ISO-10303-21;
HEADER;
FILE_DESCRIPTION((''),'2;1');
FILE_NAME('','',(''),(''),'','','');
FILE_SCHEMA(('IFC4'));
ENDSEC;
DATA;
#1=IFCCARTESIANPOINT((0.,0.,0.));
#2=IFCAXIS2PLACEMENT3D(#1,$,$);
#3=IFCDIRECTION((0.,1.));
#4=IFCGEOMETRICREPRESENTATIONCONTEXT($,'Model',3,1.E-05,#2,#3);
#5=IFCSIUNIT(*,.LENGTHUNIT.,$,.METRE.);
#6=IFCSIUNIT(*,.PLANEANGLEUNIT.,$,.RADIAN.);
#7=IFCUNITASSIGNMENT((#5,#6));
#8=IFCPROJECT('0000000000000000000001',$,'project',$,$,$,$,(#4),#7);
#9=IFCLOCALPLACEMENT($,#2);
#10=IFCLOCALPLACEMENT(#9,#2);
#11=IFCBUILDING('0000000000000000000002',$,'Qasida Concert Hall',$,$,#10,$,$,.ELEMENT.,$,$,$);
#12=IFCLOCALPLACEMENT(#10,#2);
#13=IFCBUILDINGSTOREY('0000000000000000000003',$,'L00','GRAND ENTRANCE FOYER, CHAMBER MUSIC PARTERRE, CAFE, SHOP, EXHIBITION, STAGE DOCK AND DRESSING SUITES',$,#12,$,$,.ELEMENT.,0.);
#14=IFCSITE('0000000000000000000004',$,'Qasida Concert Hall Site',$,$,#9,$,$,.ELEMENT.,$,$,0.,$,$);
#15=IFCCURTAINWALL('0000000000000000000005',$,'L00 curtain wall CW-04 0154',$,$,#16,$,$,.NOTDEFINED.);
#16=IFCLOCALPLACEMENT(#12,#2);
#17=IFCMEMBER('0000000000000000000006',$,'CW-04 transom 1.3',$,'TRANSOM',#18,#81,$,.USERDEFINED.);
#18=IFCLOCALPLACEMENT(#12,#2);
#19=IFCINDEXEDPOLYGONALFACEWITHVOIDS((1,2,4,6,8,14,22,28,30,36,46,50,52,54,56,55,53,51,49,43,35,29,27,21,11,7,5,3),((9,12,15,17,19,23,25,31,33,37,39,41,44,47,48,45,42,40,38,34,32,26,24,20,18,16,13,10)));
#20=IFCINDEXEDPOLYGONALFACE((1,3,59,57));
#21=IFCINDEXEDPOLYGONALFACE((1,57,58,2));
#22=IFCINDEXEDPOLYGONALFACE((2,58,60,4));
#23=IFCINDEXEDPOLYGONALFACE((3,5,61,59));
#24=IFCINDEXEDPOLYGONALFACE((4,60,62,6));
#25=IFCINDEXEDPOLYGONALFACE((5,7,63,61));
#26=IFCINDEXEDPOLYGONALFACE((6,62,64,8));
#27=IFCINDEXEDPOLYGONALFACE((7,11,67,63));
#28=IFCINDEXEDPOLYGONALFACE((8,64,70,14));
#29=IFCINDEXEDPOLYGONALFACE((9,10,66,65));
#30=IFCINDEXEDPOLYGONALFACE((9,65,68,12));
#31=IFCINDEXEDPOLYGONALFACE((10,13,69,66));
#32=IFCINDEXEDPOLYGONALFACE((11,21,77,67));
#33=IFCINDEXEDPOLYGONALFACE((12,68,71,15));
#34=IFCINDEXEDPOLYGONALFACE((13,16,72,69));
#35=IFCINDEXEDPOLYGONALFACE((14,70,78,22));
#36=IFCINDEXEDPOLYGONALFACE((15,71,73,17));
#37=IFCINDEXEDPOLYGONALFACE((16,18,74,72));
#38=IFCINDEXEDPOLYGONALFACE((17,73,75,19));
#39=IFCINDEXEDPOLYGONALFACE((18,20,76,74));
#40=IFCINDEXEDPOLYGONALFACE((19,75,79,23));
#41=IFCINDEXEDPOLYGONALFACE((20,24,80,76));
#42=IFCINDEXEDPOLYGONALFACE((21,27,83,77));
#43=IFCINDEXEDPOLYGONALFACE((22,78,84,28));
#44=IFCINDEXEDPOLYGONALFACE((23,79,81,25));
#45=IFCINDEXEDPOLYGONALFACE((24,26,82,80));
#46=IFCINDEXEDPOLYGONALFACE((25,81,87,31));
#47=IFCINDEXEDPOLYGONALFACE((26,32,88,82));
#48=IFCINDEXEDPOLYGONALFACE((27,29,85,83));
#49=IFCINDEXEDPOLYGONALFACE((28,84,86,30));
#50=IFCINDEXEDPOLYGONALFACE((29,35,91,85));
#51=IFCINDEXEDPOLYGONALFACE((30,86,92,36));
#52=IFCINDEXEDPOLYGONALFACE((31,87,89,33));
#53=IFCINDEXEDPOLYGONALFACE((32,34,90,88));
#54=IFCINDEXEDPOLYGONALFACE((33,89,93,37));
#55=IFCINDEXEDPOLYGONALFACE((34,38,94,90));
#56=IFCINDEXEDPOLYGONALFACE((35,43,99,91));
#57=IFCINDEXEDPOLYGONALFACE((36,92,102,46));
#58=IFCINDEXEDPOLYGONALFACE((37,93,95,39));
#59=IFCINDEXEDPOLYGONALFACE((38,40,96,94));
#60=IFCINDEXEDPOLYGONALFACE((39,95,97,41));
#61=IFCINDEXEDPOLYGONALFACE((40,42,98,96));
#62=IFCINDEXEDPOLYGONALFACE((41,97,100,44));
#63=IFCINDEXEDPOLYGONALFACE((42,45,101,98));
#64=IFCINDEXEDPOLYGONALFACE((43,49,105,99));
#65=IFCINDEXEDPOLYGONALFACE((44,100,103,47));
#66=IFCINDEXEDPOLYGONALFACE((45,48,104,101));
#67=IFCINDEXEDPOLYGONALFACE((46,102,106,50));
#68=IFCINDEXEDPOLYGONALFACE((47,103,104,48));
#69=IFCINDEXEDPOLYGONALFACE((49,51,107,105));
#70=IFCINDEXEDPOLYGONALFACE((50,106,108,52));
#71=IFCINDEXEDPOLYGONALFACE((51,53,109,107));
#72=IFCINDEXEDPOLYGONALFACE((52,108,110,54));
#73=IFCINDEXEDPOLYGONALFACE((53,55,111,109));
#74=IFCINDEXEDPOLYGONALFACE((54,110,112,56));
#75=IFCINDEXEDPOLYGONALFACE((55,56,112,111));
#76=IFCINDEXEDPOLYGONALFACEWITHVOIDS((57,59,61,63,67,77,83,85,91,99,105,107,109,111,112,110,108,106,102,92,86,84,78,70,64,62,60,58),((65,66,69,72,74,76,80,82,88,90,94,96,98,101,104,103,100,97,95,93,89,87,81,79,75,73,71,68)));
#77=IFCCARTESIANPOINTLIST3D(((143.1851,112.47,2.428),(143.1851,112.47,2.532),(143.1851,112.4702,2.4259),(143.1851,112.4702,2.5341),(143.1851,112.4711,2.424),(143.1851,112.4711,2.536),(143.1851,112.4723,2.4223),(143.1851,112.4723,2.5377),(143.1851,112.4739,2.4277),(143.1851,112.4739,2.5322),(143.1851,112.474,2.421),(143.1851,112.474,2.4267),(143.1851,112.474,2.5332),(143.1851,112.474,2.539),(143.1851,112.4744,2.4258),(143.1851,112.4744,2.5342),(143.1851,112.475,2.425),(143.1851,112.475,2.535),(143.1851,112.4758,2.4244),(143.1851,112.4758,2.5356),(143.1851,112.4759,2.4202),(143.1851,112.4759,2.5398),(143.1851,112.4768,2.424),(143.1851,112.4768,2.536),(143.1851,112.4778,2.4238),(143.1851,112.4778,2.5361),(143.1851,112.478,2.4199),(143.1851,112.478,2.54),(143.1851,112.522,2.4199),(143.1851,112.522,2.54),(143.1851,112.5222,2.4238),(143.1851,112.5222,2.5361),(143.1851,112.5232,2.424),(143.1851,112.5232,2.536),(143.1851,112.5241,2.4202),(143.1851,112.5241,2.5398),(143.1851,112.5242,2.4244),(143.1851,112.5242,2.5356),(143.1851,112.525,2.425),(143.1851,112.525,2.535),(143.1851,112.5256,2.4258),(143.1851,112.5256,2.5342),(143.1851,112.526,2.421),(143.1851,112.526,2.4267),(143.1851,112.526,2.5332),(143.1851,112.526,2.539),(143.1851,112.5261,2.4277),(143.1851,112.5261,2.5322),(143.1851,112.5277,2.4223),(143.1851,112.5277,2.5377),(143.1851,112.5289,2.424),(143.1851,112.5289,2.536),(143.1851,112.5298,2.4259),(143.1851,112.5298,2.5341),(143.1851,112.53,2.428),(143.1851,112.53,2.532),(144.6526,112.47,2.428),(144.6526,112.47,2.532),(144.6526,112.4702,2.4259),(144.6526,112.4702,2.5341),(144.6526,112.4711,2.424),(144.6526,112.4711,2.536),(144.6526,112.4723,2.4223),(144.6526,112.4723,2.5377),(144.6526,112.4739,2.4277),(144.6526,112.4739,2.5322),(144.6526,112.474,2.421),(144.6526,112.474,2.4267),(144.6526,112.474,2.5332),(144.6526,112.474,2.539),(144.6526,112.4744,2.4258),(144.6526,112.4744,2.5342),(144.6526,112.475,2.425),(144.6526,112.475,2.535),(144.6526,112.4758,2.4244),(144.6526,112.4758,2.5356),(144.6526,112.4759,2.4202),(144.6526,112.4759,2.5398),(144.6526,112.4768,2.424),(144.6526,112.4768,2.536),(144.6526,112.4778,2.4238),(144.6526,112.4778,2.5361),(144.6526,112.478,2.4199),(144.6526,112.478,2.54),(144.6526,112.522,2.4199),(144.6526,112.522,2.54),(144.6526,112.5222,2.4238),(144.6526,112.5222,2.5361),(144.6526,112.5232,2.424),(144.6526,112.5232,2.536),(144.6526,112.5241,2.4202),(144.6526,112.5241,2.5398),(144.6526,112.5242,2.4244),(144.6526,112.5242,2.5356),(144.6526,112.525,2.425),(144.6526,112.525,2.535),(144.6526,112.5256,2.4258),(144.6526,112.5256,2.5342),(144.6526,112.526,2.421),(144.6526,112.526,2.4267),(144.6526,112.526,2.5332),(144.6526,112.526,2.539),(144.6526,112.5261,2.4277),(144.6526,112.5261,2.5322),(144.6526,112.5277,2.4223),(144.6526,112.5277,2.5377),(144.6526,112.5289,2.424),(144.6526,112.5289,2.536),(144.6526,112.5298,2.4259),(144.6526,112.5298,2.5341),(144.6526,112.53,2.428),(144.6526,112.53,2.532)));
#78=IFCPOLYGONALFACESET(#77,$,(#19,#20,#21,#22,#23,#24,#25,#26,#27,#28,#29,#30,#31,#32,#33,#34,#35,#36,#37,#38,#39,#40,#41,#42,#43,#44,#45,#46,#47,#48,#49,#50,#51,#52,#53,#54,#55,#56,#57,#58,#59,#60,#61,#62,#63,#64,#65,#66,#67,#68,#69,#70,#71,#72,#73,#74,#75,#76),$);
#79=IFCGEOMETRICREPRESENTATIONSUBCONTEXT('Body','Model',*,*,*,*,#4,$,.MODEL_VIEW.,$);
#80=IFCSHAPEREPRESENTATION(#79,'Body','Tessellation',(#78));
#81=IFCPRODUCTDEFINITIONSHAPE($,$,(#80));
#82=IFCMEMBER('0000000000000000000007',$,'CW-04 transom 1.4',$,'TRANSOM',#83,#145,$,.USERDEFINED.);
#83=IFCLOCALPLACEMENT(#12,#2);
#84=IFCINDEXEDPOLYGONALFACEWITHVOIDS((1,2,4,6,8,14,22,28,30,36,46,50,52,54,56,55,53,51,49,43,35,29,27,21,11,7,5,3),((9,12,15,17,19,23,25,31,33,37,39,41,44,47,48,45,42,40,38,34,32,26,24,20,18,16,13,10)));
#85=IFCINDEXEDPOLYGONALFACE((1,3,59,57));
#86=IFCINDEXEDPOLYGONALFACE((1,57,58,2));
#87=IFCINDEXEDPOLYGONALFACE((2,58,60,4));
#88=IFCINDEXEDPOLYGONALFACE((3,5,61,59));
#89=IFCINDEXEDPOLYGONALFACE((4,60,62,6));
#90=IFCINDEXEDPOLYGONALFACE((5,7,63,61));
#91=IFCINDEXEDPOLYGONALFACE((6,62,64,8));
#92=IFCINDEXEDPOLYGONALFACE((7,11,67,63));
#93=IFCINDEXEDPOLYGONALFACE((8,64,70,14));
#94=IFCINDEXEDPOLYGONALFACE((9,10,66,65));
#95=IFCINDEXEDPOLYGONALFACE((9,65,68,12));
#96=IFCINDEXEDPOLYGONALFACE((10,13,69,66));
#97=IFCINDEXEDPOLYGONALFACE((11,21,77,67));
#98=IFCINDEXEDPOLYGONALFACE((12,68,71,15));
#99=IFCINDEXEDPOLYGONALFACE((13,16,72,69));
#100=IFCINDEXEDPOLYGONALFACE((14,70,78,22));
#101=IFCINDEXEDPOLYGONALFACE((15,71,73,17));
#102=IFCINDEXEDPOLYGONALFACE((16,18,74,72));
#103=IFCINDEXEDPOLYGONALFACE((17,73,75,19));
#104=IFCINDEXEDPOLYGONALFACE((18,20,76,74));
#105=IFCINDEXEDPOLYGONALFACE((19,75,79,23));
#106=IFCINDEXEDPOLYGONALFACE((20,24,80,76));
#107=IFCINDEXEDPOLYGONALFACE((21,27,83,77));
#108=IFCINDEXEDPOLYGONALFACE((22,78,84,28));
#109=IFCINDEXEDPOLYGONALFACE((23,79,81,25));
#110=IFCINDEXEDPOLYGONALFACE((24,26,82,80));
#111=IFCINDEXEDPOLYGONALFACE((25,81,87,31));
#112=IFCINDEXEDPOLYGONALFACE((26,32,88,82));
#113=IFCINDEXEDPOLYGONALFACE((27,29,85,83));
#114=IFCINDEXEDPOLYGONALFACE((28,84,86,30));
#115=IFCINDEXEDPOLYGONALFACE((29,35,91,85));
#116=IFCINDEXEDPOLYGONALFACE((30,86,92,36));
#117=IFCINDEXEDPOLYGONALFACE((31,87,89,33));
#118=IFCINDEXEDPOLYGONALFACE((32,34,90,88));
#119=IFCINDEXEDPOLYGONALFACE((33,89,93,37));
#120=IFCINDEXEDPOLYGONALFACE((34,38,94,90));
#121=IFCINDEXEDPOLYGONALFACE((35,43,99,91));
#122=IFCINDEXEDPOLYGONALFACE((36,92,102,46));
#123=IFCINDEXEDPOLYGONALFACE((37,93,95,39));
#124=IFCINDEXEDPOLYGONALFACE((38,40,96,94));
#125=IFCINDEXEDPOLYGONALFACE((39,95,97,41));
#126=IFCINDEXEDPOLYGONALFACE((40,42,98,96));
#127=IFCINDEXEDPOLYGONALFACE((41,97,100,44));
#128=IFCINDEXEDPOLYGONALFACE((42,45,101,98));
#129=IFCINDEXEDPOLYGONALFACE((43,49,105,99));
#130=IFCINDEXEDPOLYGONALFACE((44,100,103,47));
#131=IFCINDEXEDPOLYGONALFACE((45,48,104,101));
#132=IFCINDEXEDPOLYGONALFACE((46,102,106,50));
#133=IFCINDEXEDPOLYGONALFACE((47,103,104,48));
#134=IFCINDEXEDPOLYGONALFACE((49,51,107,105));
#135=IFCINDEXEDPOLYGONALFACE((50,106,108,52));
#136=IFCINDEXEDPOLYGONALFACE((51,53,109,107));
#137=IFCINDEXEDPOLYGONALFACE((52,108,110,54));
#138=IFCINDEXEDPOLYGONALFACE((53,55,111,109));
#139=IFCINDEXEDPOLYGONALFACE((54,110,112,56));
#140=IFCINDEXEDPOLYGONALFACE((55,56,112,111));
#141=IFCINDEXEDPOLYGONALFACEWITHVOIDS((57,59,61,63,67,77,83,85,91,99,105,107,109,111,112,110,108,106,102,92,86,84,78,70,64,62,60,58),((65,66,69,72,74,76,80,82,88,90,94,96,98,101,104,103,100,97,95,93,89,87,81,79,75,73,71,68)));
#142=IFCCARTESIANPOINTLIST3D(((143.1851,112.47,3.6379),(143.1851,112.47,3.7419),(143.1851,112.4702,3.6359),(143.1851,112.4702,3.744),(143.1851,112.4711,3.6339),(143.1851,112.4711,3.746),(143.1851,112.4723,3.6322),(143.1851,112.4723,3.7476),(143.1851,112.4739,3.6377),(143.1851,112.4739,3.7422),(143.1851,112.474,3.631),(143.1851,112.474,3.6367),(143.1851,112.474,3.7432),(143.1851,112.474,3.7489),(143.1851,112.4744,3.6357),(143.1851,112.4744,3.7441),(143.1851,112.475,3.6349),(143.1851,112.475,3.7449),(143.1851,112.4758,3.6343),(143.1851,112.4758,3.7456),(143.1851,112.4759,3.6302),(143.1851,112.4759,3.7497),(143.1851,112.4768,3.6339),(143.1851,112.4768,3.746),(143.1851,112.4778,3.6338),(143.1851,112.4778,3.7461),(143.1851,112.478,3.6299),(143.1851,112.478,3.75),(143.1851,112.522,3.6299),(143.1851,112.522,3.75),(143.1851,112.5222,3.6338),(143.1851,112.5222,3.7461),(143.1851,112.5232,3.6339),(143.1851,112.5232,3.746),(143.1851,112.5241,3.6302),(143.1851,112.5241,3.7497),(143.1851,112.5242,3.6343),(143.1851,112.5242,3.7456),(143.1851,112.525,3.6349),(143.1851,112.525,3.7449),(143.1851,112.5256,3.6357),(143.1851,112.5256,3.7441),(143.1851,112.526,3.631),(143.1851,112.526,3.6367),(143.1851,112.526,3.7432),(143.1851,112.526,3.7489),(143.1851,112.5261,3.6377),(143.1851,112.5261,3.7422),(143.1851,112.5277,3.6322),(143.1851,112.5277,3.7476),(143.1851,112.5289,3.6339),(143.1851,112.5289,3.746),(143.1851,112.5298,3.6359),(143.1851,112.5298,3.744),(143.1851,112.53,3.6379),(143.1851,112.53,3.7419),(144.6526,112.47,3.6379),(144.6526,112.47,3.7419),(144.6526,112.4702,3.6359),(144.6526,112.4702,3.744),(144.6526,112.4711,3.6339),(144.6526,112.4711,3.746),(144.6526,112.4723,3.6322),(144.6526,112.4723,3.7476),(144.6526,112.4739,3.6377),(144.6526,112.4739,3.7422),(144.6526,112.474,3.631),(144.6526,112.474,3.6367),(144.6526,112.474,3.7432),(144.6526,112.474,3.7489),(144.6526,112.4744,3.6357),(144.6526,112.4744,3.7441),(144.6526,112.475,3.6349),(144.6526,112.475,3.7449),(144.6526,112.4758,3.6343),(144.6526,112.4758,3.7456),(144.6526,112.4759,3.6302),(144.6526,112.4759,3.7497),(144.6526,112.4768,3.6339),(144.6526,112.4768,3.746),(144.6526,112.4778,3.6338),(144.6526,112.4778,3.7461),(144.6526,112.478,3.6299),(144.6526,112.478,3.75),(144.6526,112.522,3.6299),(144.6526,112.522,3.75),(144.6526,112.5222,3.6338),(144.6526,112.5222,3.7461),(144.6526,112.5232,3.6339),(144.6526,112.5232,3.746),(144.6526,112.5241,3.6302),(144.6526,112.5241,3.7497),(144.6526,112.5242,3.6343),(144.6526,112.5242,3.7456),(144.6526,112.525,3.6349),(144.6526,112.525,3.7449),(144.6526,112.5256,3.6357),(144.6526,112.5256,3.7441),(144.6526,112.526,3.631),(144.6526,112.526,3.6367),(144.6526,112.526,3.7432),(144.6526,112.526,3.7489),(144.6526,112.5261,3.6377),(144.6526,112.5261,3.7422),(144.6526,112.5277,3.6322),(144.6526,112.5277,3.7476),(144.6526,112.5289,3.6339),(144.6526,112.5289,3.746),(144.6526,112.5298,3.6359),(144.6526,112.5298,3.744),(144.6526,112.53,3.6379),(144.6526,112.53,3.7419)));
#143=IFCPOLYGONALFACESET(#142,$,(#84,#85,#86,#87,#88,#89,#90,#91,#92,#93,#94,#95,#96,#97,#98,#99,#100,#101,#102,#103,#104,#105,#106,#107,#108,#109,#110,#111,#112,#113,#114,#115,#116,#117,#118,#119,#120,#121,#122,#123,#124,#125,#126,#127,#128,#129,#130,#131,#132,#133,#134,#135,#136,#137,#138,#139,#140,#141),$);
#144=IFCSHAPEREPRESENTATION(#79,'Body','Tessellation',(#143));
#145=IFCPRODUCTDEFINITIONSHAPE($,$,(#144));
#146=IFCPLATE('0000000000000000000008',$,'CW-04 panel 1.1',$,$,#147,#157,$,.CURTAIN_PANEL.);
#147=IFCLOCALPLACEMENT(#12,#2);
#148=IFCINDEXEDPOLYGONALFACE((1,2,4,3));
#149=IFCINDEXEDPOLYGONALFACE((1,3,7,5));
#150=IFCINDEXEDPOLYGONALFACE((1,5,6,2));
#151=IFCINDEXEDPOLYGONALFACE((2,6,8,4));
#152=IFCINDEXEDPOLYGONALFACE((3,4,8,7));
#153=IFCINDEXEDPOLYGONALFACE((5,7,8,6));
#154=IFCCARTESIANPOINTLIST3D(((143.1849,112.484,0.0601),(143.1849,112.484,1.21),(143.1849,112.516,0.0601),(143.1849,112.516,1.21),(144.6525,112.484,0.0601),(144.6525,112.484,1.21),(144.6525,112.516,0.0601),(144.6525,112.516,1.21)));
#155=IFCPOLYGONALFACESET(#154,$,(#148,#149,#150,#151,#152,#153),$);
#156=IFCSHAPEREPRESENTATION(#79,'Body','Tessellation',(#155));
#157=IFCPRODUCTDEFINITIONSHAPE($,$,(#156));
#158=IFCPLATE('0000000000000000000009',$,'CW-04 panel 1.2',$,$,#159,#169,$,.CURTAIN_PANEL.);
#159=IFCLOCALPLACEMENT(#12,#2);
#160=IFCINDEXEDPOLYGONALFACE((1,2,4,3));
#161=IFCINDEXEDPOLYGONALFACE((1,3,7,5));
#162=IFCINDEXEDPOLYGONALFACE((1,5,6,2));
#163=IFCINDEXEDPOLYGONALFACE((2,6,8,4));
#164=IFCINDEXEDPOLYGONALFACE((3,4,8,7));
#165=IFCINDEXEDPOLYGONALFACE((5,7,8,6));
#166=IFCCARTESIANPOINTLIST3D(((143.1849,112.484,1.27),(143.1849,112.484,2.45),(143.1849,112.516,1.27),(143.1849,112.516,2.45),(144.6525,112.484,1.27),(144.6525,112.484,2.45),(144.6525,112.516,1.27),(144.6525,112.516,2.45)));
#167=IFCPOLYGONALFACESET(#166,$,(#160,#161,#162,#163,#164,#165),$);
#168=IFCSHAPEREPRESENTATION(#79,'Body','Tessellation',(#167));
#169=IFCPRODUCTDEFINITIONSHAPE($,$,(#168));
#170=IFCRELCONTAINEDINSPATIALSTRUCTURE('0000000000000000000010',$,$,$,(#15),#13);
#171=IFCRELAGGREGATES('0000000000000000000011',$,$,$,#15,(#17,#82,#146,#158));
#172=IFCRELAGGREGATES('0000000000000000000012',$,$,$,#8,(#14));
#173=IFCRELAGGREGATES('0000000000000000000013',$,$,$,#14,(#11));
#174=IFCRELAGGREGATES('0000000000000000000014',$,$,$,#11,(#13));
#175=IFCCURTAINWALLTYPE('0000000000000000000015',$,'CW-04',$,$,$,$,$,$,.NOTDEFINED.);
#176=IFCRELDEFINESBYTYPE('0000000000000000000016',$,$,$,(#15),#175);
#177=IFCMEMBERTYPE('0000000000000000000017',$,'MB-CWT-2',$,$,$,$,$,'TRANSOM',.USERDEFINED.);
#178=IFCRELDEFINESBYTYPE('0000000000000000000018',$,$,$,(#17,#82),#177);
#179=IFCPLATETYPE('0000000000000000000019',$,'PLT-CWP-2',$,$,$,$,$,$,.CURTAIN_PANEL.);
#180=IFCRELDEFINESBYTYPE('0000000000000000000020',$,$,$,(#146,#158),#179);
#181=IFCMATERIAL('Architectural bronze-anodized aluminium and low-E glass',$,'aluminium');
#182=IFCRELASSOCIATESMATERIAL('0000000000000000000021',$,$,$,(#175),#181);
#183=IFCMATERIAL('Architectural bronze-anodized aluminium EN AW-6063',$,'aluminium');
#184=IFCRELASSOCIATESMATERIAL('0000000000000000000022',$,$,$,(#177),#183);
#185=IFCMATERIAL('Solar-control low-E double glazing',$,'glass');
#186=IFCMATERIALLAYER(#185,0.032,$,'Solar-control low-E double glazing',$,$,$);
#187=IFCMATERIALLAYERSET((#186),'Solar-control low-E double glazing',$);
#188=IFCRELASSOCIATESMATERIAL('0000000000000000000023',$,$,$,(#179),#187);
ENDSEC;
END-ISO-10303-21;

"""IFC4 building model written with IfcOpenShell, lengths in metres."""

from ifc_helpers import new_model, si_unit, direction, frame, origin, origin_2d, place, context, subcontext, project, spatial, rectangle, hollow_rectangle, extrude, material, layer, layer_set, material_profile, profile_set, type_object, element, aggregate, save


model = new_model("IFC4")

# Units and contexts
model_context = context("Model", 3, precision=1e-05, world=origin(), true_north=direction((0.0, 1.0)))
body_context = subcontext(model_context, "Body", "Model", "MODEL_VIEW")
ifc_project = project(units=[si_unit("LENGTHUNIT", "METRE"), si_unit("PLANEANGLEUNIT", "RADIAN")], contexts=[model_context])

# Site, building, storey
site_placement = place(None, origin())
site = spatial("IfcSite", under=ifc_project, at=site_placement, Name="Qasida Concert Hall Site", CompositionType="ELEMENT", RefElevation=0.0)
building_placement = place(site_placement, origin())
building = spatial("IfcBuilding", under=site, at=building_placement, Name="Qasida Concert Hall", CompositionType="ELEMENT")
storey_placement = place(building_placement, origin())
storey = spatial("IfcBuildingStorey", under=building, at=storey_placement, Name="L00", Description="GRAND ENTRANCE FOYER, CHAMBER MUSIC PARTERRE, CAFE, SHOP, EXHIBITION, STAGE DOCK AND DRESSING SUITES", CompositionType="ELEMENT", Elevation=0.0)

# Shared definitions
ifc_material_1 = material(Name="Architectural bronze-anodized aluminium and low-E glass", Category="aluminium")
curtain_wall_type = type_object("IfcCurtainWallType", Name="CW-04", PredefinedType="NOTDEFINED", material=ifc_material_1)
ifc_material_2 = material(Name="Architectural bronze-anodized aluminium EN AW-6063", Category="aluminium")

# Curtain wall, members, plates
curtain_wall_1_placement = place(storey_placement, origin())
curtain_wall_1 = element("IfcCurtainWall", 1, at=curtain_wall_1_placement, inside=storey, type_object=curtain_wall_type, Name="L00 curtain wall CW-04 0154", PredefinedType="NOTDEFINED")
ifc_material_profile_1 = material_profile(ifc_material_2, hollow_rectangle(XDim=0.0601, YDim=0.1201, WallThickness=0.0039, InnerFilletRadius=0.0039, OuterFilletRadius=0.0081, at=origin_2d()), Name="CWT 120x60x4")
ifc_profile_set_1 = profile_set([ifc_material_profile_1], Name="Architectural bronze-anodized aluminium EN AW-6063")
member_type_1 = type_object("IfcMemberType", Name="MB-CWT-2", ElementType="TRANSOM", PredefinedType="USERDEFINED", material=ifc_profile_set_1)
member_1_placement = place(storey_placement, frame((143.1851, 112.5, 2.48), z_axis=(1.0, 0.0, 0.0), x_axis=(0.0, 1.0, 0.0)))
member_1 = element("IfcMember", 2, at=member_1_placement, type_object=member_type_1, Name="CW-04 transom 1.3", ObjectType="TRANSOM", PredefinedType="USERDEFINED", context=body_context, shape_type="SweptSolid", body=[
    extrude(hollow_rectangle(XDim=0.0601, YDim=0.1201, WallThickness=0.0039, InnerFilletRadius=0.0039, OuterFilletRadius=0.0081, at=origin_2d()), origin(), (0.0, 0.0, 1.0), 1.4675),
])
member_2_placement = place(storey_placement, frame((143.1851, 112.5, 3.6899), z_axis=(1.0, 0.0, 0.0), x_axis=(0.0, 1.0, 0.0)))
member_2 = element("IfcMember", 3, at=member_2_placement, type_object=member_type_1, Name="CW-04 transom 1.4", ObjectType="TRANSOM", PredefinedType="USERDEFINED", context=body_context, shape_type="SweptSolid", body=[
    extrude(hollow_rectangle(XDim=0.0601, YDim=0.1201, WallThickness=0.0039, InnerFilletRadius=0.0039, OuterFilletRadius=0.0081, at=origin_2d()), origin(), (0.0, 0.0, 1.0), 1.4675),
])
ifc_material_3 = material(Name="Solar-control low-E double glazing", Category="glass")
ifc_layer_1 = layer(ifc_material_3, 0.032, Name="Solar-control low-E double glazing")
ifc_layer_set_1 = layer_set([ifc_layer_1], Name="Solar-control low-E double glazing")
plate_type = type_object("IfcPlateType", Name="PLT-CWP-2", PredefinedType="CURTAIN_PANEL", material=ifc_layer_set_1)
plate_1_placement = place(storey_placement, frame((143.9187, 112.5, 0.0601), z_axis=(0.0, 0.0, 1.0), x_axis=(1.0, 0.0, 0.0)))
plate_1 = element("IfcPlate", 4, at=plate_1_placement, type_object=plate_type, Name="CW-04 panel 1.1", PredefinedType="CURTAIN_PANEL", context=body_context, shape_type="SweptSolid", body=[
    extrude(rectangle(XDim=1.4675, YDim=0.032, at=origin_2d()), origin(), (0.0, 0.0, 1.0), 1.1499),
])
plate_2_placement = place(storey_placement, frame((143.9187, 112.5, 1.27), z_axis=(0.0, 0.0, 1.0), x_axis=(1.0, 0.0, 0.0)))
plate_2 = element("IfcPlate", 5, at=plate_2_placement, type_object=plate_type, Name="CW-04 panel 1.2", PredefinedType="CURTAIN_PANEL", context=body_context, shape_type="SweptSolid", body=[
    extrude(rectangle(XDim=1.4675, YDim=0.032, at=origin_2d()), origin(), (0.0, 0.0, 1.0), 1.1799),
])
aggregate(curtain_wall_1, [member_1, member_2, plate_1, plate_2])

save(model, "model.ifc")
